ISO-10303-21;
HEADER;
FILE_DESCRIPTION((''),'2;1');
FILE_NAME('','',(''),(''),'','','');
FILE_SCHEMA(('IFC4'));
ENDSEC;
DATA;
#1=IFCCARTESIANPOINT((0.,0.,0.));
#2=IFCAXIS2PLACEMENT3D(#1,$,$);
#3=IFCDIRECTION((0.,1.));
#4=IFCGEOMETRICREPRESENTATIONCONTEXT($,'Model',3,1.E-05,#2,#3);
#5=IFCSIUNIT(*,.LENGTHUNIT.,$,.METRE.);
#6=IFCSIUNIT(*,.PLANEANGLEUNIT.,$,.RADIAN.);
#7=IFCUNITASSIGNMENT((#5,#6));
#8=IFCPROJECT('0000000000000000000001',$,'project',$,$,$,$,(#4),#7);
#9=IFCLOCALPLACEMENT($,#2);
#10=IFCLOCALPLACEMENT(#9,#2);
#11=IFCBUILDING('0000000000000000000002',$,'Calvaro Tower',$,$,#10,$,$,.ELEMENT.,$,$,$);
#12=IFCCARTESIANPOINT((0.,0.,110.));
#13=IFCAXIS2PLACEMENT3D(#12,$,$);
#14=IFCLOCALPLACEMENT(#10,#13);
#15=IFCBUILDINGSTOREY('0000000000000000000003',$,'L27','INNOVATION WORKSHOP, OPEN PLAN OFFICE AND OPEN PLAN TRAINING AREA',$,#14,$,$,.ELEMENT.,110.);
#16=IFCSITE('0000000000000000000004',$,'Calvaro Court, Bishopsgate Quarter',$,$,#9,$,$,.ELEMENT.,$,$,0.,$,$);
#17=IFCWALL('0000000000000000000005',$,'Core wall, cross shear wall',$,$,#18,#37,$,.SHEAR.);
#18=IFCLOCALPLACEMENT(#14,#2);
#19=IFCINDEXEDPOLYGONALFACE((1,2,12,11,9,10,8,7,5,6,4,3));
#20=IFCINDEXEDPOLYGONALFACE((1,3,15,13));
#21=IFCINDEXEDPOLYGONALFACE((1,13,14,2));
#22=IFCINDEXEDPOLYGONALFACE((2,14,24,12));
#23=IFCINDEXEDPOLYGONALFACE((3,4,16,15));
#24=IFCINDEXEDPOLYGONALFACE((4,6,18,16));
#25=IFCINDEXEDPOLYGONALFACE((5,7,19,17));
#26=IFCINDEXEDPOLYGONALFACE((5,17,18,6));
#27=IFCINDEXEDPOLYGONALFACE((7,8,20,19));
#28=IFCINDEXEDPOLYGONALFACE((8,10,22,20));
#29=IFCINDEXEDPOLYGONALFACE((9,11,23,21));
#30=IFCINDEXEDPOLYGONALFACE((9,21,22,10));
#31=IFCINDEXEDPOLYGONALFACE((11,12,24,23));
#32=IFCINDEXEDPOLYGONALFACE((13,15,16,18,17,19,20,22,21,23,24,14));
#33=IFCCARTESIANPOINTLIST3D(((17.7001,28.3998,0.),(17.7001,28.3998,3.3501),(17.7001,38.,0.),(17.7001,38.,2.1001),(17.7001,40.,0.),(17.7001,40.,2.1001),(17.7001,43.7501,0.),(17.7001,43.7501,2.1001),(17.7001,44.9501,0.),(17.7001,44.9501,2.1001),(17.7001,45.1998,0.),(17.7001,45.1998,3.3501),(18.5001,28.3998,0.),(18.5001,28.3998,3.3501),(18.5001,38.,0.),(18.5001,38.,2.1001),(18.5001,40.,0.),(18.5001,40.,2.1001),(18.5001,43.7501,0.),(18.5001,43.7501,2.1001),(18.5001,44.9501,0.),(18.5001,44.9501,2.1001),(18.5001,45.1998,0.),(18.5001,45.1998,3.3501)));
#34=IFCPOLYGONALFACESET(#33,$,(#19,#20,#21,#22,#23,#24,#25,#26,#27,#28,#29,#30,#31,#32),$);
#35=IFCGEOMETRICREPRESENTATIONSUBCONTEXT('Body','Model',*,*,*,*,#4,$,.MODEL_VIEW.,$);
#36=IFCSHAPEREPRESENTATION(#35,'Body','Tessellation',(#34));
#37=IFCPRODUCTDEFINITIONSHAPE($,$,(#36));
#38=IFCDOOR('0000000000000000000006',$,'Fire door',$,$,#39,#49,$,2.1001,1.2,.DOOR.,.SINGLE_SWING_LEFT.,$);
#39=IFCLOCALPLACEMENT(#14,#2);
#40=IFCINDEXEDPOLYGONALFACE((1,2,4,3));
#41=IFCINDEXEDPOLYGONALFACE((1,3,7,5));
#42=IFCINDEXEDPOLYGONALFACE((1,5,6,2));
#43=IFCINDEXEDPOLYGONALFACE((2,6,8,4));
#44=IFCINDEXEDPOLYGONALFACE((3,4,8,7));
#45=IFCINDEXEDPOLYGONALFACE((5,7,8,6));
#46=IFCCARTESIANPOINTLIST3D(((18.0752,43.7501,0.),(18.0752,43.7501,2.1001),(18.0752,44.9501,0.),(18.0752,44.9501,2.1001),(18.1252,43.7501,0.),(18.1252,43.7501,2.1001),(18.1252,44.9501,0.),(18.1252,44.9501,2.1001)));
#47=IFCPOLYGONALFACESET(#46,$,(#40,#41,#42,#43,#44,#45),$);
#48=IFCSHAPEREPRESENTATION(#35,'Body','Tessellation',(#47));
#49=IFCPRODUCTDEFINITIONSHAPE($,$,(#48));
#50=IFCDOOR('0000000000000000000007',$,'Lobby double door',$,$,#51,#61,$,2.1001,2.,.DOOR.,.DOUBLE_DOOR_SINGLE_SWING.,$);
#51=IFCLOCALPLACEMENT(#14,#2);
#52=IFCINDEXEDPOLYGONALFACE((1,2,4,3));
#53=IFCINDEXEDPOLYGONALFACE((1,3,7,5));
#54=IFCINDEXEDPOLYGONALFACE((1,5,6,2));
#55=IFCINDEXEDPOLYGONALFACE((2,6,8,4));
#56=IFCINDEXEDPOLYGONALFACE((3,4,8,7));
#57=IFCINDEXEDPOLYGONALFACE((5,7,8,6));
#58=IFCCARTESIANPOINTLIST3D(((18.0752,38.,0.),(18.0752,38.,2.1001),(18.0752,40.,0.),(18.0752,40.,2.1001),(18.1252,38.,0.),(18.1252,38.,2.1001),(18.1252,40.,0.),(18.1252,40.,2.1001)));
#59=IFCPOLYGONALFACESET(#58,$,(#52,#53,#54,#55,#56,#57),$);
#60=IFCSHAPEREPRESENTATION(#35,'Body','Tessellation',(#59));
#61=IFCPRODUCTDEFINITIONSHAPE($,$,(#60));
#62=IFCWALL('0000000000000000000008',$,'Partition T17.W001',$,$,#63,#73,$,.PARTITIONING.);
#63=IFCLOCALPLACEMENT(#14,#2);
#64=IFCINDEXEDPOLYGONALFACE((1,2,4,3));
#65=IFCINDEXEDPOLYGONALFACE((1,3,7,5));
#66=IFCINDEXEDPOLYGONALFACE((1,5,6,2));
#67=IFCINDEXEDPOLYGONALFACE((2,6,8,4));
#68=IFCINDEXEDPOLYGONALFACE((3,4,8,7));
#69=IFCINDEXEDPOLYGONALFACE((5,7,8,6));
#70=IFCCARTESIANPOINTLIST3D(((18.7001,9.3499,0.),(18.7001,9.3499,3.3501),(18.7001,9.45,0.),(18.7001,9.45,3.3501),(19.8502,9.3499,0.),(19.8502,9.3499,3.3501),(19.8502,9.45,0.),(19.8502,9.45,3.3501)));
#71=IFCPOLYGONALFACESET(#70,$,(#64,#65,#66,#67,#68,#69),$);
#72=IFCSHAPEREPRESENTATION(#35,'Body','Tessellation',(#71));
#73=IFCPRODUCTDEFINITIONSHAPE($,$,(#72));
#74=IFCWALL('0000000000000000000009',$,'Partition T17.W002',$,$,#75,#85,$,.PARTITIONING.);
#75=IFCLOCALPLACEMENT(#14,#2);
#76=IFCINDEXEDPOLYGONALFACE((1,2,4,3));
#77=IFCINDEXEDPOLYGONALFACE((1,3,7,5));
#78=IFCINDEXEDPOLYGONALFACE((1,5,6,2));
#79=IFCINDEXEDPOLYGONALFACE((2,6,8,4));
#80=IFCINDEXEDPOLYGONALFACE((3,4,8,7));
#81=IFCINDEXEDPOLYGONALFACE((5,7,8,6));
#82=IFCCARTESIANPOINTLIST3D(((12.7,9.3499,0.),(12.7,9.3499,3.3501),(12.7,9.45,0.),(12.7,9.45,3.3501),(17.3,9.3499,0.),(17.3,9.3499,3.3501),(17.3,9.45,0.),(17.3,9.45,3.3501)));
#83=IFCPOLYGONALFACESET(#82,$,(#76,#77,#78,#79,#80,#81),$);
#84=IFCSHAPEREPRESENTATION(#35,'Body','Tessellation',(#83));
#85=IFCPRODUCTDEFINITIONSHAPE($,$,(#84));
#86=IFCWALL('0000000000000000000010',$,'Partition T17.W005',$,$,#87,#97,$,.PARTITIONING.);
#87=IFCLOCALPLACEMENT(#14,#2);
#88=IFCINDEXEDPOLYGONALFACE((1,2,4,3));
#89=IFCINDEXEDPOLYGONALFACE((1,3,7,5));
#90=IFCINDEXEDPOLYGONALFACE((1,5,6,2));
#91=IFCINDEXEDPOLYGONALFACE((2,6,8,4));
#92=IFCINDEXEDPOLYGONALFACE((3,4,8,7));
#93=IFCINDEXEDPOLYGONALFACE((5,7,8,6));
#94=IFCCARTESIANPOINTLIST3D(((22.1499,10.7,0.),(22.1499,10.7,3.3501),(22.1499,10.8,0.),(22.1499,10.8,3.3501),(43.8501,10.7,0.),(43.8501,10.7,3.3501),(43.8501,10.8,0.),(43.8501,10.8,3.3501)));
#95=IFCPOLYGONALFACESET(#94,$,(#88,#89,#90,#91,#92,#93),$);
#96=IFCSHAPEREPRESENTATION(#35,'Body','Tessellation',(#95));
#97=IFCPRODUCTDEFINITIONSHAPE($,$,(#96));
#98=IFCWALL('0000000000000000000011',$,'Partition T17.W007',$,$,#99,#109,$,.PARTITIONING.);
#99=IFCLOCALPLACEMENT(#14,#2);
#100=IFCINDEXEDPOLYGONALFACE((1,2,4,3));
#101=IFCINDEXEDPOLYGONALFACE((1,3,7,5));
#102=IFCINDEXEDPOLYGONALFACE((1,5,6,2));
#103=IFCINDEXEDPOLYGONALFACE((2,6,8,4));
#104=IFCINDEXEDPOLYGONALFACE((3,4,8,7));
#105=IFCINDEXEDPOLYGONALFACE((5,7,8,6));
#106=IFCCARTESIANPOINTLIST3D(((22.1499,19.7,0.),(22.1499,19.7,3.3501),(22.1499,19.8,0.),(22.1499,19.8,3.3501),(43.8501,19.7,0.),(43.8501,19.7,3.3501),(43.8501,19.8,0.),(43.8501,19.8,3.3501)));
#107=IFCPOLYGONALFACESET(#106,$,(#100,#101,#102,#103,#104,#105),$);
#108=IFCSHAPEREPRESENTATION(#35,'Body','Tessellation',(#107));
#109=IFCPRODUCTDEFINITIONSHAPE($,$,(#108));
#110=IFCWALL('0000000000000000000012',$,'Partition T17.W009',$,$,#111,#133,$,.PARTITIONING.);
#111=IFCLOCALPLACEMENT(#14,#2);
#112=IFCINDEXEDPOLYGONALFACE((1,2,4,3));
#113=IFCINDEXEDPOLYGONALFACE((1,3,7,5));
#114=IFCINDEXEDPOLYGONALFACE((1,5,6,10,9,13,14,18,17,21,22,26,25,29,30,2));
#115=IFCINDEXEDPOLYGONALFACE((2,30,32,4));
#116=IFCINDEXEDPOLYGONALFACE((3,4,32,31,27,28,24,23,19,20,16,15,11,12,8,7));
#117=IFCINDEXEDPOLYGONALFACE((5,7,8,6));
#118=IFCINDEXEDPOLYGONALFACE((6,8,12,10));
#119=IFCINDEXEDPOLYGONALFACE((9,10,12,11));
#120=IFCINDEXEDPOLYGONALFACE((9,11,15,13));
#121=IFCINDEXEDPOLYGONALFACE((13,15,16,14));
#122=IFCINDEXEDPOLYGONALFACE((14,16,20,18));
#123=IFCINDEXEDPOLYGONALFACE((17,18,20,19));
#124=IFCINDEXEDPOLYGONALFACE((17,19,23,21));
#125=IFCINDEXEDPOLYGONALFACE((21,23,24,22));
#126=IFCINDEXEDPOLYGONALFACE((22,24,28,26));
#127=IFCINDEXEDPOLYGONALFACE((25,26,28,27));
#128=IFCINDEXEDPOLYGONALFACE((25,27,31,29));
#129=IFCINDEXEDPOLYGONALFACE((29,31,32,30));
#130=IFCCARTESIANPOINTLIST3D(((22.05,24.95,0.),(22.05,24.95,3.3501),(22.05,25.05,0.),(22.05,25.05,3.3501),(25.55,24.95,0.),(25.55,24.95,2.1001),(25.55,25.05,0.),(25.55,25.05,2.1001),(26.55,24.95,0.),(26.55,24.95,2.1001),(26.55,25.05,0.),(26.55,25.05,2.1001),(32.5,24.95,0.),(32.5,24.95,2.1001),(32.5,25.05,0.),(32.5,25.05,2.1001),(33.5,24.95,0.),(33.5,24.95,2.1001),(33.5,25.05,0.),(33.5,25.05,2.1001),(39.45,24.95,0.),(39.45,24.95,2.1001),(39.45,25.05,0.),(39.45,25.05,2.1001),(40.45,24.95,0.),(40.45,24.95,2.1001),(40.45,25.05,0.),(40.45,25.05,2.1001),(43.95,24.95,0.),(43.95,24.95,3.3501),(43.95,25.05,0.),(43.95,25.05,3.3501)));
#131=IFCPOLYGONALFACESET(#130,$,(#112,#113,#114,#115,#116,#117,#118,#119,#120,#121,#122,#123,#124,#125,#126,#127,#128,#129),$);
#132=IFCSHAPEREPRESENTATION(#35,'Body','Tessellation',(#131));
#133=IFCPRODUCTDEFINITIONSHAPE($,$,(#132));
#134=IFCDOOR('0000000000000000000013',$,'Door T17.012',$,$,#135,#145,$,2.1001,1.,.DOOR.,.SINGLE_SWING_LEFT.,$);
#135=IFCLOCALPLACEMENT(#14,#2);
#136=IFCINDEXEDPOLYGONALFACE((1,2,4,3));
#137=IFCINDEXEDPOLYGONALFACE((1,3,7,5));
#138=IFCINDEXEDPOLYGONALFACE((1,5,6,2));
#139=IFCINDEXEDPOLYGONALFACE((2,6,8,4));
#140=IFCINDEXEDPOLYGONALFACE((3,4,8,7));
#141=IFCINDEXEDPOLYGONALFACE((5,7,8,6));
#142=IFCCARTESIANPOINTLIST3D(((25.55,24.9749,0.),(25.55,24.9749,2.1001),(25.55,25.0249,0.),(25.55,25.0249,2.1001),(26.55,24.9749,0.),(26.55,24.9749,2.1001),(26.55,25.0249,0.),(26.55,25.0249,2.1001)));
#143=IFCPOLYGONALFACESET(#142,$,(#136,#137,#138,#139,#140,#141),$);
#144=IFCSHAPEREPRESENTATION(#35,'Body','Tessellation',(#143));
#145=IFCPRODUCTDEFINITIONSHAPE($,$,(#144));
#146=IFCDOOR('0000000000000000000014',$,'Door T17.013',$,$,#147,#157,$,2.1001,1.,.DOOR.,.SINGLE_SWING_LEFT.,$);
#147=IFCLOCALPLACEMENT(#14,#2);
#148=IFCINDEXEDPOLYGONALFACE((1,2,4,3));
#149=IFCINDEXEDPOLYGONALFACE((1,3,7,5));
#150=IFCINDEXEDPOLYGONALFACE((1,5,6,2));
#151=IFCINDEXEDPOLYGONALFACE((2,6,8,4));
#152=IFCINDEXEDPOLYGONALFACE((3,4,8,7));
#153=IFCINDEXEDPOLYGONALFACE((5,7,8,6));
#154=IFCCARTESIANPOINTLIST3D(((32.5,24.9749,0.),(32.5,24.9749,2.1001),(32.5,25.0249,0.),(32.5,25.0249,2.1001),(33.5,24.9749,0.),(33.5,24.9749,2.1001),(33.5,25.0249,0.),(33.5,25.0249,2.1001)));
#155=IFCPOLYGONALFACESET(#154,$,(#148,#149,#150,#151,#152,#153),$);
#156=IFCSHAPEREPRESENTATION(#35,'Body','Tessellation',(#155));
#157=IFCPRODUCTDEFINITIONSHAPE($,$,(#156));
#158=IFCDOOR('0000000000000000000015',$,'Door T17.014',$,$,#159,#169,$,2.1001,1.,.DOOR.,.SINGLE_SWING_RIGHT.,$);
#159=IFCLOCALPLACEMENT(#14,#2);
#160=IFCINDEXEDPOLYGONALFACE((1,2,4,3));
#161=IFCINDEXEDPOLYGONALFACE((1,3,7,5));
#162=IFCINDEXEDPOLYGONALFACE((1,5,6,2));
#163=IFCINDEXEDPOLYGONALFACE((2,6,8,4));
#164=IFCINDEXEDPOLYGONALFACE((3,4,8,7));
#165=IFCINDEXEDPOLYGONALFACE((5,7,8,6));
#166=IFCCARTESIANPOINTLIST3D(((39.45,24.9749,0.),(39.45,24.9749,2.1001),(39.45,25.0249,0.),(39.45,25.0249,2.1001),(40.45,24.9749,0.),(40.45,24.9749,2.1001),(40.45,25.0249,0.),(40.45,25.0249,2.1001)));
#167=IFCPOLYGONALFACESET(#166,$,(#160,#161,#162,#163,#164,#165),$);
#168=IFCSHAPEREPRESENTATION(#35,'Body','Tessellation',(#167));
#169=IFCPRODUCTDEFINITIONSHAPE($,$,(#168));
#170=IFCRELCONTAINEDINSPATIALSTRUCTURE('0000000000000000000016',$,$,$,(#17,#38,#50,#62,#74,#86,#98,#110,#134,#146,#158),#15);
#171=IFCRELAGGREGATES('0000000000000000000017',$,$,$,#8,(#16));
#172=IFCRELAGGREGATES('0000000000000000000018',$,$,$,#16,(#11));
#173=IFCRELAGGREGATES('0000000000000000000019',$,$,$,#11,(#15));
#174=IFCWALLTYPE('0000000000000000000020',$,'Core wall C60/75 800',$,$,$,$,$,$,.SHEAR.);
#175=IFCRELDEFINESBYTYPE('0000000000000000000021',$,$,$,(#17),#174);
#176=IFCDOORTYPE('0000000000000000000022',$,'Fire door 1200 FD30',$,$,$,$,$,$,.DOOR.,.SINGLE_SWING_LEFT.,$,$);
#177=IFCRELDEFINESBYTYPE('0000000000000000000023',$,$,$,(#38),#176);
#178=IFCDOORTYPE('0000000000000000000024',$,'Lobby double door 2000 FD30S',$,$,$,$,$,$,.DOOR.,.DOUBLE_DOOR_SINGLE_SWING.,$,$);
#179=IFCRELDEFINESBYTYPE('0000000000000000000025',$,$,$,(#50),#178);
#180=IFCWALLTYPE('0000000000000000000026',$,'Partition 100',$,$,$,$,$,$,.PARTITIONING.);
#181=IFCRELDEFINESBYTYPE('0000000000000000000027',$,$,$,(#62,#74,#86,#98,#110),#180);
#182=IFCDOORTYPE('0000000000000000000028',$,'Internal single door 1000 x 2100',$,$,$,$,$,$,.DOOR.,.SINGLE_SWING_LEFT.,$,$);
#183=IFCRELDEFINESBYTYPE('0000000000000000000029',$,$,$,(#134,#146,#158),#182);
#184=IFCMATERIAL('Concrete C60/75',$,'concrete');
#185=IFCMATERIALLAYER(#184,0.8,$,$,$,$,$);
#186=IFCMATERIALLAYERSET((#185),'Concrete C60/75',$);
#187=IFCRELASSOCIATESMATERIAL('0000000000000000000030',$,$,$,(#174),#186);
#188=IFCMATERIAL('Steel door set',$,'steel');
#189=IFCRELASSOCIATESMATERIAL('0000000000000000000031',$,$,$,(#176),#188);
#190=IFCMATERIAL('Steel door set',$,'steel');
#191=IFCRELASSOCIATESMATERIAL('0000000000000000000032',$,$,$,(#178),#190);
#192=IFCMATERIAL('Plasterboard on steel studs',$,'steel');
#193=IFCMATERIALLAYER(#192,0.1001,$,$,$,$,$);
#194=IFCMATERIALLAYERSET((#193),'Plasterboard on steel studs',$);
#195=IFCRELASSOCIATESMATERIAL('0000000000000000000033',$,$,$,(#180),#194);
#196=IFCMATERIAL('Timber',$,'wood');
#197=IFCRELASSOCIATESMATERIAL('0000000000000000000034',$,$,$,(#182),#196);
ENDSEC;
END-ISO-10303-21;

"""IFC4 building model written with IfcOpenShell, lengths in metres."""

from ifc_helpers import new_model, si_unit, direction, frame, frame_2d, origin, place, context, subcontext, project, spatial, rectangle, extrude, material, layer, layer_set, type_object, element, fill, save


model = new_model("IFC4")

# Units and contexts
model_context = context("Model", 3, precision=1e-05, world=origin(), true_north=direction((0.0, 1.0)))
body_context = subcontext(model_context, "Body", "Model", "MODEL_VIEW")
ifc_project = project(units=[si_unit("LENGTHUNIT", "METRE"), si_unit("PLANEANGLEUNIT", "RADIAN")], contexts=[model_context])

# Site, building, storey
site_placement = place(None, origin())
site = spatial("IfcSite", under=ifc_project, at=site_placement, Name="Calvaro Court, Bishopsgate Quarter", CompositionType="ELEMENT", RefElevation=0.0)
building_placement = place(site_placement, origin())
building = spatial("IfcBuilding", under=site, at=building_placement, Name="Calvaro Tower", CompositionType="ELEMENT")
storey_placement = place(building_placement, frame((0.0, 0.0, 110.0)))
storey = spatial("IfcBuildingStorey", under=building, at=storey_placement, Name="L27", Description="INNOVATION WORKSHOP, OPEN PLAN OFFICE AND OPEN PLAN TRAINING AREA", CompositionType="ELEMENT", Elevation=110.0)

# Wall, openings, doors
ifc_material_1 = material(Name="Concrete C60/75", Category="concrete")
ifc_layer_1 = layer(ifc_material_1, 0.8)
ifc_layer_set_1 = layer_set([ifc_layer_1], Name="Concrete C60/75")
wall_type_1 = type_object("IfcWallType", Name="Core wall C60/75 800", PredefinedType="SHEAR", material=ifc_layer_set_1)
wall_1_placement = place(storey_placement, frame((18.1001, 28.3999, 0.0), z_axis=(0.0, 0.0, 1.0), x_axis=(0.0, 1.0, 0.0)))
wall_1 = element("IfcWall", 1, at=wall_1_placement, inside=storey, type_object=wall_type_1, Name="Core wall, cross shear wall", PredefinedType="SHEAR", context=body_context, shape_type="SweptSolid", body=[
    extrude(rectangle(XDim=16.8, YDim=0.8, at=frame_2d((8.3999, 0.0))), origin(), (0.0, 0.0, 1.0), 3.3501),
])
opening_1_placement = place(wall_1_placement, frame((9.6001, 0.0, 0.0)))
opening_1 = element("IfcOpeningElement", 2, at=opening_1_placement, cuts=wall_1, PredefinedType="OPENING", context=body_context, shape_type="SweptSolid", body=[
    extrude(rectangle(XDim=2.0, YDim=2.1001, at=frame_2d((1.0, 1.05))), frame((0.0, 0.4099, 0.0), z_axis=(0.0, -1.0, 0.0), x_axis=(1.0, 0.0, 0.0)), (0.0, 0.0, 1.0), 0.8201),
])
opening_2_placement = place(wall_1_placement, frame((15.3501, 0.0, 0.0)))
opening_2 = element("IfcOpeningElement", 3, at=opening_2_placement, cuts=wall_1, PredefinedType="OPENING", context=body_context, shape_type="SweptSolid", body=[
    extrude(rectangle(XDim=1.2, YDim=2.1001, at=frame_2d((0.6001, 1.05))), frame((0.0, 0.4099, 0.0), z_axis=(0.0, -1.0, 0.0), x_axis=(1.0, 0.0, 0.0)), (0.0, 0.0, 1.0), 0.8201),
])
ifc_material_2 = material(Name="Steel door set", Category="steel")
door_type_1 = type_object("IfcDoorType", Name="Fire door 1200 FD30", OperationType="SINGLE_SWING_LEFT", PredefinedType="DOOR", material=ifc_material_2)
door_1_placement = place(opening_2_placement, origin())
door_1 = element("IfcDoor", 4, at=door_1_placement, inside=storey, type_object=door_type_1, Name="Fire door", OperationType="SINGLE_SWING_LEFT", OverallHeight=2.1001, OverallWidth=1.2, PredefinedType="DOOR", context=body_context, shape_type="SweptSolid", body=[
    extrude(rectangle(XDim=1.2, YDim=2.1001, at=frame_2d((0.6001, 1.05))), frame((0.0, 0.0249, 0.0), z_axis=(0.0, -1.0, 0.0), x_axis=(1.0, 0.0, 0.0)), (0.0, 0.0, 1.0), 0.05),
])
fill(opening_2, door_1)
ifc_material_3 = material(Name="Steel door set", Category="steel")
door_type_2 = type_object("IfcDoorType", Name="Lobby double door 2000 FD30S", OperationType="DOUBLE_DOOR_SINGLE_SWING", PredefinedType="DOOR", material=ifc_material_3)
door_2_placement = place(opening_1_placement, origin())
door_2 = element("IfcDoor", 5, at=door_2_placement, inside=storey, type_object=door_type_2, Name="Lobby double door", OperationType="DOUBLE_DOOR_SINGLE_SWING", OverallHeight=2.1001, OverallWidth=2.0, PredefinedType="DOOR", context=body_context, shape_type="SweptSolid", body=[
    extrude(rectangle(XDim=2.0, YDim=2.1001, at=frame_2d((1.0, 1.05))), frame((0.0, 0.0249, 0.0), z_axis=(0.0, -1.0, 0.0), x_axis=(1.0, 0.0, 0.0)), (0.0, 0.0, 1.0), 0.05),
])
fill(opening_1, door_2)

# Walls
ifc_material_4 = material(Name="Plasterboard on steel studs", Category="steel")
ifc_layer_2 = layer(ifc_material_4, 0.1001)
ifc_layer_set_2 = layer_set([ifc_layer_2], Name="Plasterboard on steel studs")
wall_type_2 = type_object("IfcWallType", Name="Partition 100", PredefinedType="PARTITIONING", material=ifc_layer_set_2)
wall_2_placement = place(storey_placement, frame((18.7, 9.3999, 0.0), z_axis=(0.0, 0.0, 1.0), x_axis=(1.0, 0.0, 0.0)))
element("IfcWall", 6, at=wall_2_placement, inside=storey, type_object=wall_type_2, Name="Partition T17.W001", PredefinedType="PARTITIONING", context=body_context, shape_type="SweptSolid", body=[
    extrude(rectangle(XDim=1.1501, YDim=0.1001, at=frame_2d((0.5752, 0.0))), origin(), (0.0, 0.0, 1.0), 3.3501),
])
wall_3_placement = place(storey_placement, frame((12.7, 9.3999, 0.0), z_axis=(0.0, 0.0, 1.0), x_axis=(1.0, 0.0, 0.0)))
element("IfcWall", 7, at=wall_3_placement, inside=storey, type_object=wall_type_2, Name="Partition T17.W002", PredefinedType="PARTITIONING", context=body_context, shape_type="SweptSolid", body=[
    extrude(rectangle(XDim=4.6001, YDim=0.1001, at=frame_2d((2.3, 0.0))), origin(), (0.0, 0.0, 1.0), 3.3501),
])
for number, where, z_axis, x_axis, name in (
    (8, (22.1499, 10.75, 0.0), (0.0, 0.0, 1.0), (1.0, 0.0, 0.0), "Partition T17.W005"),
    (9, (22.1499, 19.75, 0.0), (0.0, 0.0, 1.0), (1.0, 0.0, 0.0), "Partition T17.W007"),
):
    element("IfcWall", number, at=place(storey_placement, frame(where, z_axis=z_axis, x_axis=x_axis)), inside=storey, type_object=wall_type_2, Name=name, PredefinedType="PARTITIONING", context=body_context, shape_type="SweptSolid", body=[
        extrude(rectangle(XDim=21.7002, YDim=0.1001, at=frame_2d((10.8501, 0.0))), origin(), (0.0, 0.0, 1.0), 3.3501),
    ])

# Wall, openings, doors
wall_4_placement = place(storey_placement, frame((22.05, 25.0, 0.0), z_axis=(0.0, 0.0, 1.0), x_axis=(1.0, 0.0, 0.0)))
wall_4 = element("IfcWall", 10, at=wall_4_placement, inside=storey, type_object=wall_type_2, Name="Partition T17.W009", PredefinedType="PARTITIONING", context=body_context, shape_type="SweptSolid", body=[
    extrude(rectangle(XDim=21.8999, YDim=0.1001, at=frame_2d((10.95, 0.0))), origin(), (0.0, 0.0, 1.0), 3.3501),
])
opening_3_placement = place(wall_4_placement, frame((3.5, 0.0, 0.0)))
opening_3 = element("IfcOpeningElement", 11, at=opening_3_placement, cuts=wall_4, PredefinedType="OPENING", context=body_context, shape_type="SweptSolid", body=[
    extrude(rectangle(XDim=1.0, YDim=2.1001, at=frame_2d((0.5, 1.05))), frame((0.0, 0.0601, 0.0), z_axis=(0.0, -1.0, 0.0), x_axis=(1.0, 0.0, 0.0)), (0.0, 0.0, 1.0), 0.1201),
])
opening_4_placement = place(wall_4_placement, frame((10.45, 0.0, 0.0)))
opening_4 = element("IfcOpeningElement", 12, at=opening_4_placement, cuts=wall_4, PredefinedType="OPENING", context=body_context, shape_type="SweptSolid", body=[
    extrude(rectangle(XDim=1.0, YDim=2.1001, at=frame_2d((0.5, 1.05))), frame((0.0, 0.0601, 0.0), z_axis=(0.0, -1.0, 0.0), x_axis=(1.0, 0.0, 0.0)), (0.0, 0.0, 1.0), 0.1201),
])
opening_5_placement = place(wall_4_placement, frame((17.3999, 0.0, 0.0)))
opening_5 = element("IfcOpeningElement", 13, at=opening_5_placement, cuts=wall_4, PredefinedType="OPENING", context=body_context, shape_type="SweptSolid", body=[
    extrude(rectangle(XDim=1.0, YDim=2.1001, at=frame_2d((0.5, 1.05))), frame((0.0, 0.0601, 0.0), z_axis=(0.0, -1.0, 0.0), x_axis=(1.0, 0.0, 0.0)), (0.0, 0.0, 1.0), 0.1201),
])
ifc_material_5 = material(Name="Timber", Category="wood")
door_type_3 = type_object("IfcDoorType", Name="Internal single door 1000 x 2100", OperationType="SINGLE_SWING_LEFT", PredefinedType="DOOR", material=ifc_material_5)
door_3_placement = place(opening_3_placement, origin())
door_3 = element("IfcDoor", 14, at=door_3_placement, inside=storey, type_object=door_type_3, Name="Door T17.012", OperationType="SINGLE_SWING_LEFT", OverallHeight=2.1001, OverallWidth=1.0, PredefinedType="DOOR", context=body_context, shape_type="SweptSolid", body=[
    extrude(rectangle(XDim=1.0, YDim=2.1001, at=frame_2d((0.5, 1.05))), frame((0.0, 0.0249, 0.0), z_axis=(0.0, -1.0, 0.0), x_axis=(1.0, 0.0, 0.0)), (0.0, 0.0, 1.0), 0.05),
])
fill(opening_3, door_3)
door_4_placement = place(opening_4_placement, origin())
door_4 = element("IfcDoor", 15, at=door_4_placement, inside=storey, type_object=door_type_3, Name="Door T17.013", OperationType="SINGLE_SWING_LEFT", OverallHeight=2.1001, OverallWidth=1.0, PredefinedType="DOOR", context=body_context, shape_type="SweptSolid", body=[
    extrude(rectangle(XDim=1.0, YDim=2.1001, at=frame_2d((0.5, 1.05))), frame((0.0, 0.0249, 0.0), z_axis=(0.0, -1.0, 0.0), x_axis=(1.0, 0.0, 0.0)), (0.0, 0.0, 1.0), 0.05),
])
fill(opening_4, door_4)
door_5_placement = place(opening_5_placement, origin())
door_5 = element("IfcDoor", 16, at=door_5_placement, inside=storey, type_object=door_type_3, Name="Door T17.014", OperationType="SINGLE_SWING_RIGHT", OverallHeight=2.1001, OverallWidth=1.0, PredefinedType="DOOR", context=body_context, shape_type="SweptSolid", body=[
    extrude(rectangle(XDim=1.0, YDim=2.1001, at=frame_2d((0.5, 1.05))), frame((0.0, 0.0249, 0.0), z_axis=(0.0, -1.0, 0.0), x_axis=(1.0, 0.0, 0.0)), (0.0, 0.0, 1.0), 0.05),
])
fill(opening_5, door_5)

save(model, "model.ifc")
